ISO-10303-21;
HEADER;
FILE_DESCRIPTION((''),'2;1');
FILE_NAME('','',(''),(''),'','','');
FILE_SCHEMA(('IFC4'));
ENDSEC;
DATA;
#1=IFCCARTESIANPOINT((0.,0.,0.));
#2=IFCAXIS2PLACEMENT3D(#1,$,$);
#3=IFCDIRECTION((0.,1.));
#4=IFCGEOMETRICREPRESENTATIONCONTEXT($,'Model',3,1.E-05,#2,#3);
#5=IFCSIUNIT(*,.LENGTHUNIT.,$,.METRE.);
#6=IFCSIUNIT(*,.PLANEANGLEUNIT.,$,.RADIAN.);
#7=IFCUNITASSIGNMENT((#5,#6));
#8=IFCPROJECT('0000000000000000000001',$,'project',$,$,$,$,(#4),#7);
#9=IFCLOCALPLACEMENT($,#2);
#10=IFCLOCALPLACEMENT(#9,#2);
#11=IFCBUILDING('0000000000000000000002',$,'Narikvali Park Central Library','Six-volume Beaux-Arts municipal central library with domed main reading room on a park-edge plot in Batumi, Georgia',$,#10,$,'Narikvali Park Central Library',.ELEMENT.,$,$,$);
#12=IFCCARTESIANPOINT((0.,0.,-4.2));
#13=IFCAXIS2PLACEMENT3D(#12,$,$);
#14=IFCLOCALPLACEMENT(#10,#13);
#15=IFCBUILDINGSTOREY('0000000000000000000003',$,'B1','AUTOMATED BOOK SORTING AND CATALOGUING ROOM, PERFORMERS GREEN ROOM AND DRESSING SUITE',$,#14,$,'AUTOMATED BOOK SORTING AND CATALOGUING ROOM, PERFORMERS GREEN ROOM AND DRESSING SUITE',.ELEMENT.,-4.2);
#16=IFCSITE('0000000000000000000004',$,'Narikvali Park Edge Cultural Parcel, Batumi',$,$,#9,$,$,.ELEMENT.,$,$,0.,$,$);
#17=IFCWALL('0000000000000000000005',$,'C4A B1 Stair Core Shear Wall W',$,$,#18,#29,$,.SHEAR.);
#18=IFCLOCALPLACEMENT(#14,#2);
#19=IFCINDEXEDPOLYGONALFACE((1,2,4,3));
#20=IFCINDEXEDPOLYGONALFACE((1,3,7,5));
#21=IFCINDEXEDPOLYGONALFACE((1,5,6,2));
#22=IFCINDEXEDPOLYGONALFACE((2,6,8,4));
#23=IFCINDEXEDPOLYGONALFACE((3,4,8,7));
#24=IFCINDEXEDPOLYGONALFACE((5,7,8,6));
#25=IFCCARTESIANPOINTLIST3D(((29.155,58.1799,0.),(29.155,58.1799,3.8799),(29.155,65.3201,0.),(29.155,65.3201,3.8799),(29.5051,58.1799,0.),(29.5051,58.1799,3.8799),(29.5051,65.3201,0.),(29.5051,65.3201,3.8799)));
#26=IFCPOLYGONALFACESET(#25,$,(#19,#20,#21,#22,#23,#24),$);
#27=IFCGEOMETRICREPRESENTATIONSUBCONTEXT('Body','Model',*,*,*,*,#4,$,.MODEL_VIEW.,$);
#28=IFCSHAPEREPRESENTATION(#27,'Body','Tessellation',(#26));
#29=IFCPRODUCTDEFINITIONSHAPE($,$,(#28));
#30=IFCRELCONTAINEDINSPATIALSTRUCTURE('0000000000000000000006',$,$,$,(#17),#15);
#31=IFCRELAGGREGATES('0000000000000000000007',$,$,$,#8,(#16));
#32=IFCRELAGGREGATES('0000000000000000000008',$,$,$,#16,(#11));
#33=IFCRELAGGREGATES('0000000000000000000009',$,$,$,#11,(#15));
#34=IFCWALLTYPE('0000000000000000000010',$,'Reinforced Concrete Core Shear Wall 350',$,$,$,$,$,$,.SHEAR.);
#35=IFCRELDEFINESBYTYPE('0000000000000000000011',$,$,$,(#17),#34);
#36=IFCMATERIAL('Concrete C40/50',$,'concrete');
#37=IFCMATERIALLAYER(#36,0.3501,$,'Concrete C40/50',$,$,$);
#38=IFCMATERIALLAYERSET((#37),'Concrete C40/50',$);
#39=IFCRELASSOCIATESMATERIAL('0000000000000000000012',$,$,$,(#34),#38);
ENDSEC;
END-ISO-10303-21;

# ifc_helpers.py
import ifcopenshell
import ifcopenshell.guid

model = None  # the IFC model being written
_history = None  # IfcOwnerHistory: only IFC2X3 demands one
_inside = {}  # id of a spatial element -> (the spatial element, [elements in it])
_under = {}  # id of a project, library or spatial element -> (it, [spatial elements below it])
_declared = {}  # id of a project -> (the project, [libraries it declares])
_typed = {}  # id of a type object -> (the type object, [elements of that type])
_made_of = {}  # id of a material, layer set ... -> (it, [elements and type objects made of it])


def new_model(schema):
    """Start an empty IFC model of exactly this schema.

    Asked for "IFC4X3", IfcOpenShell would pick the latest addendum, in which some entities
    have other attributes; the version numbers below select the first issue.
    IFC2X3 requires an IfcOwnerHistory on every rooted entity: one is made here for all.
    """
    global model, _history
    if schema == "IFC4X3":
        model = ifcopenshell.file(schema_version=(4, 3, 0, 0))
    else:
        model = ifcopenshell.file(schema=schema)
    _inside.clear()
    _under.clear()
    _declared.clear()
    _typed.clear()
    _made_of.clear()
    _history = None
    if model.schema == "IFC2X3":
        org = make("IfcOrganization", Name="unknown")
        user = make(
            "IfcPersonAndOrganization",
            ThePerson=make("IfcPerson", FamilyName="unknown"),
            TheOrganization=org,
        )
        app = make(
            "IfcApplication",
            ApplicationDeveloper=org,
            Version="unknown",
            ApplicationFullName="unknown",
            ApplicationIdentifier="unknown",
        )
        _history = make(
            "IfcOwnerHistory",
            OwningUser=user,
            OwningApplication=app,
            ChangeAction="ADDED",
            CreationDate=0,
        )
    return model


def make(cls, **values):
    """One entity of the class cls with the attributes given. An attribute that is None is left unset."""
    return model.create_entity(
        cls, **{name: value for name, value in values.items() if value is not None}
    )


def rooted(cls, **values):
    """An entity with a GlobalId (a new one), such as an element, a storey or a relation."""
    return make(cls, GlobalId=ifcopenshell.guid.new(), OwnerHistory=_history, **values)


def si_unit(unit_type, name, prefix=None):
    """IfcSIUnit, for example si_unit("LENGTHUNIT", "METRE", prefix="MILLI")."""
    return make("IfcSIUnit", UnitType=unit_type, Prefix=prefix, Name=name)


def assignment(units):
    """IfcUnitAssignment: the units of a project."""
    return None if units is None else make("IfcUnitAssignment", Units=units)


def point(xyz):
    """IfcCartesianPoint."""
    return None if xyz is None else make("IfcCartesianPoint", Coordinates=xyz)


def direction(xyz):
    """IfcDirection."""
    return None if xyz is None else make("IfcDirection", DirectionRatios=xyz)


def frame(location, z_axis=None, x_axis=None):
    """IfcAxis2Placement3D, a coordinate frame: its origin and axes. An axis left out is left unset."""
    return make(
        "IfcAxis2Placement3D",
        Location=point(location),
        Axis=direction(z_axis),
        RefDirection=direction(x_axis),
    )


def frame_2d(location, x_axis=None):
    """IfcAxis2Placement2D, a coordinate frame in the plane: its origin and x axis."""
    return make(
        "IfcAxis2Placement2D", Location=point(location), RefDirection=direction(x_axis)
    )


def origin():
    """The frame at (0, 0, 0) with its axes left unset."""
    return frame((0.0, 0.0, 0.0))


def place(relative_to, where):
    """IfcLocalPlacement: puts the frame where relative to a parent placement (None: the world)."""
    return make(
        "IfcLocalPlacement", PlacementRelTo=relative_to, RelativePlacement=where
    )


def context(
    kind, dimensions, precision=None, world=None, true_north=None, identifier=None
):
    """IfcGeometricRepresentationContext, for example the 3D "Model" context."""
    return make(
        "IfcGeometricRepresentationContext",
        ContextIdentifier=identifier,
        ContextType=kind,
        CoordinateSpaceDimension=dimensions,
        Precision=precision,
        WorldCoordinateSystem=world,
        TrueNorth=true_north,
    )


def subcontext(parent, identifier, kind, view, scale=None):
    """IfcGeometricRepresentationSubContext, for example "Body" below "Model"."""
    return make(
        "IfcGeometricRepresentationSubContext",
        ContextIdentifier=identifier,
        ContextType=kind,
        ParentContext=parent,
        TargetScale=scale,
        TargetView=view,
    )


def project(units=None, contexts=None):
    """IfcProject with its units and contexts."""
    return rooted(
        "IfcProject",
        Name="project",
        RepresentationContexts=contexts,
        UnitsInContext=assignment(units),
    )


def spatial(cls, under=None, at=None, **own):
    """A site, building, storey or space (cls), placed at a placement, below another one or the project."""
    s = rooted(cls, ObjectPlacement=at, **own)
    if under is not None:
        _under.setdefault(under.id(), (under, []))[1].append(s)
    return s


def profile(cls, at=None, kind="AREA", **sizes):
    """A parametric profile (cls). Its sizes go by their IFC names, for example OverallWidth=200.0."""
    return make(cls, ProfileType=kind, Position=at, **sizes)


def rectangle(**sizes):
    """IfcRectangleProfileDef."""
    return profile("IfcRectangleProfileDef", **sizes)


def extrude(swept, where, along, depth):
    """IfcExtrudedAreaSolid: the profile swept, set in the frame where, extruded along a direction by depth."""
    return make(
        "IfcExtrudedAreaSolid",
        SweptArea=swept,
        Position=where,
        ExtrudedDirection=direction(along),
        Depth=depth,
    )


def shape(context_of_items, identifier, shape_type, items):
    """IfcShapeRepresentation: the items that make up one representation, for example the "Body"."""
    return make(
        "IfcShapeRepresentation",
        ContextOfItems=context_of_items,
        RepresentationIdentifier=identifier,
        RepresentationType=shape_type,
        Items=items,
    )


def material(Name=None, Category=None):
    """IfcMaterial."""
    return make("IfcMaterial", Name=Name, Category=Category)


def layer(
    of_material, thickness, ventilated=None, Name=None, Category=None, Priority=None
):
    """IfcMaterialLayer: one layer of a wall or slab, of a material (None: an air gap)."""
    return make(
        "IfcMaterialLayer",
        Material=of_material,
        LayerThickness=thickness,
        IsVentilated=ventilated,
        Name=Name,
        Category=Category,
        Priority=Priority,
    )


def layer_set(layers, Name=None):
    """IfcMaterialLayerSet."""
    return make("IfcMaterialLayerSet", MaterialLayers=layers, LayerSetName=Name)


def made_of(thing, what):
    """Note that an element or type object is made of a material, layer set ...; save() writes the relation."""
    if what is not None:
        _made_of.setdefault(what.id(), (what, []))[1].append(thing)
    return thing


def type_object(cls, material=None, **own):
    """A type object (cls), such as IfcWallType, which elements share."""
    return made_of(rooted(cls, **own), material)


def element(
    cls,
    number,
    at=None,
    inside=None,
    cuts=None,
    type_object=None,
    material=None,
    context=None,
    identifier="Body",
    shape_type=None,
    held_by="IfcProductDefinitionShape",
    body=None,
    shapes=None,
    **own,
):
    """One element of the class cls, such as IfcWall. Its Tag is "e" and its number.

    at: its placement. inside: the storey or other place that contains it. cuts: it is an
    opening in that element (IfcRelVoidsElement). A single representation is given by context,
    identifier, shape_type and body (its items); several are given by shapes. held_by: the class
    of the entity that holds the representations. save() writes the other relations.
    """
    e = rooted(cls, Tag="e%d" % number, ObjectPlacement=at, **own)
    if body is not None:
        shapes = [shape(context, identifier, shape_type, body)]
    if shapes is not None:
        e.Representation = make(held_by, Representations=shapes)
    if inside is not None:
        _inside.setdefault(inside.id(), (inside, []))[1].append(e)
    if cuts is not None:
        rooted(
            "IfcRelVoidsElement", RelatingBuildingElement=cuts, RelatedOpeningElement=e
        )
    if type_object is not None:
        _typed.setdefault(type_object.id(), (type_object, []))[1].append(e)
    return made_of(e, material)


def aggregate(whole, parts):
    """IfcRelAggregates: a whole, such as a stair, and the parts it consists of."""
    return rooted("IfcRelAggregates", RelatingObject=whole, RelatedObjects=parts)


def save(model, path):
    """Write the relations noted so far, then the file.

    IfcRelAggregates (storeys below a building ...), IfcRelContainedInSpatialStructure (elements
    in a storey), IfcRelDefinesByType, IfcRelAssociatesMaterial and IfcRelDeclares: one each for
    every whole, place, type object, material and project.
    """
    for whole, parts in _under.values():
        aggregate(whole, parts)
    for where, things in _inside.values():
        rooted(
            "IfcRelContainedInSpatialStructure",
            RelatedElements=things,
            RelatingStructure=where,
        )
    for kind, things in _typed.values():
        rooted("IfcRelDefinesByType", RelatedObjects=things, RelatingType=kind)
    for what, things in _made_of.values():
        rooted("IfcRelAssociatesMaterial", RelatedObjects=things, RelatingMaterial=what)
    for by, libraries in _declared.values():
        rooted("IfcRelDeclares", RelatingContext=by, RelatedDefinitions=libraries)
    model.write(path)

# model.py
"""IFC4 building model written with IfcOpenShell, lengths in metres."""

from ifc_helpers import new_model, si_unit, direction, frame, frame_2d, origin, place, context, subcontext, project, spatial, rectangle, extrude, material, layer, layer_set, type_object, element, save


model = new_model("IFC4")

# Units and contexts
model_context = context("Model", 3, precision=1e-05, world=origin(), true_north=direction((0.0, 1.0)))
body_context = subcontext(model_context, "Body", "Model", "MODEL_VIEW")
ifc_project = project(units=[si_unit("LENGTHUNIT", "METRE"), si_unit("PLANEANGLEUNIT", "RADIAN")], contexts=[model_context])

# Site, building, storey
site_placement = place(None, origin())
site = spatial("IfcSite", under=ifc_project, at=site_placement, Name="Narikvali Park Edge Cultural Parcel, Batumi", CompositionType="ELEMENT", RefElevation=0.0)
building_placement = place(site_placement, origin())
building = spatial("IfcBuilding", under=site, at=building_placement, Name="Narikvali Park Central Library", Description="Six-volume Beaux-Arts municipal central library with domed main reading room on a park-edge plot in Batumi, Georgia", LongName="Narikvali Park Central Library", CompositionType="ELEMENT")
storey_placement = place(building_placement, frame((0.0, 0.0, -4.2)))
storey = spatial("IfcBuildingStorey", under=building, at=storey_placement, Name="B1", Description="AUTOMATED BOOK SORTING AND CATALOGUING ROOM, PERFORMERS GREEN ROOM AND DRESSING SUITE", LongName="AUTOMATED BOOK SORTING AND CATALOGUING ROOM, PERFORMERS GREEN ROOM AND DRESSING SUITE", CompositionType="ELEMENT", Elevation=-4.2)

# Shared definitions
ifc_material_1 = material(Name="Concrete C40/50", Category="concrete")
ifc_layer_1 = layer(ifc_material_1, 0.3501, Name="Concrete C40/50")
ifc_layer_set_1 = layer_set([ifc_layer_1], Name="Concrete C40/50")
wall_type_1 = type_object("IfcWallType", Name="Reinforced Concrete Core Shear Wall 350", PredefinedType="SHEAR", material=ifc_layer_set_1)

# Wall
wall_1_placement = place(storey_placement, frame((29.3301, 65.3201, 0.0), z_axis=(0.0, 0.0, 1.0), x_axis=(0.0, -1.0, 0.0)))
element("IfcWall", 1, at=wall_1_placement, inside=storey, type_object=wall_type_1, Name="C4A B1 Stair Core Shear Wall W", PredefinedType="SHEAR", context=body_context, shape_type="SweptSolid", body=[
    extrude(rectangle(XDim=7.1401, YDim=0.3501, at=frame_2d((3.5701, 0.0))), origin(), (0.0, 0.0, 1.0), 3.8799),
])

save(model, "model.ifc")
